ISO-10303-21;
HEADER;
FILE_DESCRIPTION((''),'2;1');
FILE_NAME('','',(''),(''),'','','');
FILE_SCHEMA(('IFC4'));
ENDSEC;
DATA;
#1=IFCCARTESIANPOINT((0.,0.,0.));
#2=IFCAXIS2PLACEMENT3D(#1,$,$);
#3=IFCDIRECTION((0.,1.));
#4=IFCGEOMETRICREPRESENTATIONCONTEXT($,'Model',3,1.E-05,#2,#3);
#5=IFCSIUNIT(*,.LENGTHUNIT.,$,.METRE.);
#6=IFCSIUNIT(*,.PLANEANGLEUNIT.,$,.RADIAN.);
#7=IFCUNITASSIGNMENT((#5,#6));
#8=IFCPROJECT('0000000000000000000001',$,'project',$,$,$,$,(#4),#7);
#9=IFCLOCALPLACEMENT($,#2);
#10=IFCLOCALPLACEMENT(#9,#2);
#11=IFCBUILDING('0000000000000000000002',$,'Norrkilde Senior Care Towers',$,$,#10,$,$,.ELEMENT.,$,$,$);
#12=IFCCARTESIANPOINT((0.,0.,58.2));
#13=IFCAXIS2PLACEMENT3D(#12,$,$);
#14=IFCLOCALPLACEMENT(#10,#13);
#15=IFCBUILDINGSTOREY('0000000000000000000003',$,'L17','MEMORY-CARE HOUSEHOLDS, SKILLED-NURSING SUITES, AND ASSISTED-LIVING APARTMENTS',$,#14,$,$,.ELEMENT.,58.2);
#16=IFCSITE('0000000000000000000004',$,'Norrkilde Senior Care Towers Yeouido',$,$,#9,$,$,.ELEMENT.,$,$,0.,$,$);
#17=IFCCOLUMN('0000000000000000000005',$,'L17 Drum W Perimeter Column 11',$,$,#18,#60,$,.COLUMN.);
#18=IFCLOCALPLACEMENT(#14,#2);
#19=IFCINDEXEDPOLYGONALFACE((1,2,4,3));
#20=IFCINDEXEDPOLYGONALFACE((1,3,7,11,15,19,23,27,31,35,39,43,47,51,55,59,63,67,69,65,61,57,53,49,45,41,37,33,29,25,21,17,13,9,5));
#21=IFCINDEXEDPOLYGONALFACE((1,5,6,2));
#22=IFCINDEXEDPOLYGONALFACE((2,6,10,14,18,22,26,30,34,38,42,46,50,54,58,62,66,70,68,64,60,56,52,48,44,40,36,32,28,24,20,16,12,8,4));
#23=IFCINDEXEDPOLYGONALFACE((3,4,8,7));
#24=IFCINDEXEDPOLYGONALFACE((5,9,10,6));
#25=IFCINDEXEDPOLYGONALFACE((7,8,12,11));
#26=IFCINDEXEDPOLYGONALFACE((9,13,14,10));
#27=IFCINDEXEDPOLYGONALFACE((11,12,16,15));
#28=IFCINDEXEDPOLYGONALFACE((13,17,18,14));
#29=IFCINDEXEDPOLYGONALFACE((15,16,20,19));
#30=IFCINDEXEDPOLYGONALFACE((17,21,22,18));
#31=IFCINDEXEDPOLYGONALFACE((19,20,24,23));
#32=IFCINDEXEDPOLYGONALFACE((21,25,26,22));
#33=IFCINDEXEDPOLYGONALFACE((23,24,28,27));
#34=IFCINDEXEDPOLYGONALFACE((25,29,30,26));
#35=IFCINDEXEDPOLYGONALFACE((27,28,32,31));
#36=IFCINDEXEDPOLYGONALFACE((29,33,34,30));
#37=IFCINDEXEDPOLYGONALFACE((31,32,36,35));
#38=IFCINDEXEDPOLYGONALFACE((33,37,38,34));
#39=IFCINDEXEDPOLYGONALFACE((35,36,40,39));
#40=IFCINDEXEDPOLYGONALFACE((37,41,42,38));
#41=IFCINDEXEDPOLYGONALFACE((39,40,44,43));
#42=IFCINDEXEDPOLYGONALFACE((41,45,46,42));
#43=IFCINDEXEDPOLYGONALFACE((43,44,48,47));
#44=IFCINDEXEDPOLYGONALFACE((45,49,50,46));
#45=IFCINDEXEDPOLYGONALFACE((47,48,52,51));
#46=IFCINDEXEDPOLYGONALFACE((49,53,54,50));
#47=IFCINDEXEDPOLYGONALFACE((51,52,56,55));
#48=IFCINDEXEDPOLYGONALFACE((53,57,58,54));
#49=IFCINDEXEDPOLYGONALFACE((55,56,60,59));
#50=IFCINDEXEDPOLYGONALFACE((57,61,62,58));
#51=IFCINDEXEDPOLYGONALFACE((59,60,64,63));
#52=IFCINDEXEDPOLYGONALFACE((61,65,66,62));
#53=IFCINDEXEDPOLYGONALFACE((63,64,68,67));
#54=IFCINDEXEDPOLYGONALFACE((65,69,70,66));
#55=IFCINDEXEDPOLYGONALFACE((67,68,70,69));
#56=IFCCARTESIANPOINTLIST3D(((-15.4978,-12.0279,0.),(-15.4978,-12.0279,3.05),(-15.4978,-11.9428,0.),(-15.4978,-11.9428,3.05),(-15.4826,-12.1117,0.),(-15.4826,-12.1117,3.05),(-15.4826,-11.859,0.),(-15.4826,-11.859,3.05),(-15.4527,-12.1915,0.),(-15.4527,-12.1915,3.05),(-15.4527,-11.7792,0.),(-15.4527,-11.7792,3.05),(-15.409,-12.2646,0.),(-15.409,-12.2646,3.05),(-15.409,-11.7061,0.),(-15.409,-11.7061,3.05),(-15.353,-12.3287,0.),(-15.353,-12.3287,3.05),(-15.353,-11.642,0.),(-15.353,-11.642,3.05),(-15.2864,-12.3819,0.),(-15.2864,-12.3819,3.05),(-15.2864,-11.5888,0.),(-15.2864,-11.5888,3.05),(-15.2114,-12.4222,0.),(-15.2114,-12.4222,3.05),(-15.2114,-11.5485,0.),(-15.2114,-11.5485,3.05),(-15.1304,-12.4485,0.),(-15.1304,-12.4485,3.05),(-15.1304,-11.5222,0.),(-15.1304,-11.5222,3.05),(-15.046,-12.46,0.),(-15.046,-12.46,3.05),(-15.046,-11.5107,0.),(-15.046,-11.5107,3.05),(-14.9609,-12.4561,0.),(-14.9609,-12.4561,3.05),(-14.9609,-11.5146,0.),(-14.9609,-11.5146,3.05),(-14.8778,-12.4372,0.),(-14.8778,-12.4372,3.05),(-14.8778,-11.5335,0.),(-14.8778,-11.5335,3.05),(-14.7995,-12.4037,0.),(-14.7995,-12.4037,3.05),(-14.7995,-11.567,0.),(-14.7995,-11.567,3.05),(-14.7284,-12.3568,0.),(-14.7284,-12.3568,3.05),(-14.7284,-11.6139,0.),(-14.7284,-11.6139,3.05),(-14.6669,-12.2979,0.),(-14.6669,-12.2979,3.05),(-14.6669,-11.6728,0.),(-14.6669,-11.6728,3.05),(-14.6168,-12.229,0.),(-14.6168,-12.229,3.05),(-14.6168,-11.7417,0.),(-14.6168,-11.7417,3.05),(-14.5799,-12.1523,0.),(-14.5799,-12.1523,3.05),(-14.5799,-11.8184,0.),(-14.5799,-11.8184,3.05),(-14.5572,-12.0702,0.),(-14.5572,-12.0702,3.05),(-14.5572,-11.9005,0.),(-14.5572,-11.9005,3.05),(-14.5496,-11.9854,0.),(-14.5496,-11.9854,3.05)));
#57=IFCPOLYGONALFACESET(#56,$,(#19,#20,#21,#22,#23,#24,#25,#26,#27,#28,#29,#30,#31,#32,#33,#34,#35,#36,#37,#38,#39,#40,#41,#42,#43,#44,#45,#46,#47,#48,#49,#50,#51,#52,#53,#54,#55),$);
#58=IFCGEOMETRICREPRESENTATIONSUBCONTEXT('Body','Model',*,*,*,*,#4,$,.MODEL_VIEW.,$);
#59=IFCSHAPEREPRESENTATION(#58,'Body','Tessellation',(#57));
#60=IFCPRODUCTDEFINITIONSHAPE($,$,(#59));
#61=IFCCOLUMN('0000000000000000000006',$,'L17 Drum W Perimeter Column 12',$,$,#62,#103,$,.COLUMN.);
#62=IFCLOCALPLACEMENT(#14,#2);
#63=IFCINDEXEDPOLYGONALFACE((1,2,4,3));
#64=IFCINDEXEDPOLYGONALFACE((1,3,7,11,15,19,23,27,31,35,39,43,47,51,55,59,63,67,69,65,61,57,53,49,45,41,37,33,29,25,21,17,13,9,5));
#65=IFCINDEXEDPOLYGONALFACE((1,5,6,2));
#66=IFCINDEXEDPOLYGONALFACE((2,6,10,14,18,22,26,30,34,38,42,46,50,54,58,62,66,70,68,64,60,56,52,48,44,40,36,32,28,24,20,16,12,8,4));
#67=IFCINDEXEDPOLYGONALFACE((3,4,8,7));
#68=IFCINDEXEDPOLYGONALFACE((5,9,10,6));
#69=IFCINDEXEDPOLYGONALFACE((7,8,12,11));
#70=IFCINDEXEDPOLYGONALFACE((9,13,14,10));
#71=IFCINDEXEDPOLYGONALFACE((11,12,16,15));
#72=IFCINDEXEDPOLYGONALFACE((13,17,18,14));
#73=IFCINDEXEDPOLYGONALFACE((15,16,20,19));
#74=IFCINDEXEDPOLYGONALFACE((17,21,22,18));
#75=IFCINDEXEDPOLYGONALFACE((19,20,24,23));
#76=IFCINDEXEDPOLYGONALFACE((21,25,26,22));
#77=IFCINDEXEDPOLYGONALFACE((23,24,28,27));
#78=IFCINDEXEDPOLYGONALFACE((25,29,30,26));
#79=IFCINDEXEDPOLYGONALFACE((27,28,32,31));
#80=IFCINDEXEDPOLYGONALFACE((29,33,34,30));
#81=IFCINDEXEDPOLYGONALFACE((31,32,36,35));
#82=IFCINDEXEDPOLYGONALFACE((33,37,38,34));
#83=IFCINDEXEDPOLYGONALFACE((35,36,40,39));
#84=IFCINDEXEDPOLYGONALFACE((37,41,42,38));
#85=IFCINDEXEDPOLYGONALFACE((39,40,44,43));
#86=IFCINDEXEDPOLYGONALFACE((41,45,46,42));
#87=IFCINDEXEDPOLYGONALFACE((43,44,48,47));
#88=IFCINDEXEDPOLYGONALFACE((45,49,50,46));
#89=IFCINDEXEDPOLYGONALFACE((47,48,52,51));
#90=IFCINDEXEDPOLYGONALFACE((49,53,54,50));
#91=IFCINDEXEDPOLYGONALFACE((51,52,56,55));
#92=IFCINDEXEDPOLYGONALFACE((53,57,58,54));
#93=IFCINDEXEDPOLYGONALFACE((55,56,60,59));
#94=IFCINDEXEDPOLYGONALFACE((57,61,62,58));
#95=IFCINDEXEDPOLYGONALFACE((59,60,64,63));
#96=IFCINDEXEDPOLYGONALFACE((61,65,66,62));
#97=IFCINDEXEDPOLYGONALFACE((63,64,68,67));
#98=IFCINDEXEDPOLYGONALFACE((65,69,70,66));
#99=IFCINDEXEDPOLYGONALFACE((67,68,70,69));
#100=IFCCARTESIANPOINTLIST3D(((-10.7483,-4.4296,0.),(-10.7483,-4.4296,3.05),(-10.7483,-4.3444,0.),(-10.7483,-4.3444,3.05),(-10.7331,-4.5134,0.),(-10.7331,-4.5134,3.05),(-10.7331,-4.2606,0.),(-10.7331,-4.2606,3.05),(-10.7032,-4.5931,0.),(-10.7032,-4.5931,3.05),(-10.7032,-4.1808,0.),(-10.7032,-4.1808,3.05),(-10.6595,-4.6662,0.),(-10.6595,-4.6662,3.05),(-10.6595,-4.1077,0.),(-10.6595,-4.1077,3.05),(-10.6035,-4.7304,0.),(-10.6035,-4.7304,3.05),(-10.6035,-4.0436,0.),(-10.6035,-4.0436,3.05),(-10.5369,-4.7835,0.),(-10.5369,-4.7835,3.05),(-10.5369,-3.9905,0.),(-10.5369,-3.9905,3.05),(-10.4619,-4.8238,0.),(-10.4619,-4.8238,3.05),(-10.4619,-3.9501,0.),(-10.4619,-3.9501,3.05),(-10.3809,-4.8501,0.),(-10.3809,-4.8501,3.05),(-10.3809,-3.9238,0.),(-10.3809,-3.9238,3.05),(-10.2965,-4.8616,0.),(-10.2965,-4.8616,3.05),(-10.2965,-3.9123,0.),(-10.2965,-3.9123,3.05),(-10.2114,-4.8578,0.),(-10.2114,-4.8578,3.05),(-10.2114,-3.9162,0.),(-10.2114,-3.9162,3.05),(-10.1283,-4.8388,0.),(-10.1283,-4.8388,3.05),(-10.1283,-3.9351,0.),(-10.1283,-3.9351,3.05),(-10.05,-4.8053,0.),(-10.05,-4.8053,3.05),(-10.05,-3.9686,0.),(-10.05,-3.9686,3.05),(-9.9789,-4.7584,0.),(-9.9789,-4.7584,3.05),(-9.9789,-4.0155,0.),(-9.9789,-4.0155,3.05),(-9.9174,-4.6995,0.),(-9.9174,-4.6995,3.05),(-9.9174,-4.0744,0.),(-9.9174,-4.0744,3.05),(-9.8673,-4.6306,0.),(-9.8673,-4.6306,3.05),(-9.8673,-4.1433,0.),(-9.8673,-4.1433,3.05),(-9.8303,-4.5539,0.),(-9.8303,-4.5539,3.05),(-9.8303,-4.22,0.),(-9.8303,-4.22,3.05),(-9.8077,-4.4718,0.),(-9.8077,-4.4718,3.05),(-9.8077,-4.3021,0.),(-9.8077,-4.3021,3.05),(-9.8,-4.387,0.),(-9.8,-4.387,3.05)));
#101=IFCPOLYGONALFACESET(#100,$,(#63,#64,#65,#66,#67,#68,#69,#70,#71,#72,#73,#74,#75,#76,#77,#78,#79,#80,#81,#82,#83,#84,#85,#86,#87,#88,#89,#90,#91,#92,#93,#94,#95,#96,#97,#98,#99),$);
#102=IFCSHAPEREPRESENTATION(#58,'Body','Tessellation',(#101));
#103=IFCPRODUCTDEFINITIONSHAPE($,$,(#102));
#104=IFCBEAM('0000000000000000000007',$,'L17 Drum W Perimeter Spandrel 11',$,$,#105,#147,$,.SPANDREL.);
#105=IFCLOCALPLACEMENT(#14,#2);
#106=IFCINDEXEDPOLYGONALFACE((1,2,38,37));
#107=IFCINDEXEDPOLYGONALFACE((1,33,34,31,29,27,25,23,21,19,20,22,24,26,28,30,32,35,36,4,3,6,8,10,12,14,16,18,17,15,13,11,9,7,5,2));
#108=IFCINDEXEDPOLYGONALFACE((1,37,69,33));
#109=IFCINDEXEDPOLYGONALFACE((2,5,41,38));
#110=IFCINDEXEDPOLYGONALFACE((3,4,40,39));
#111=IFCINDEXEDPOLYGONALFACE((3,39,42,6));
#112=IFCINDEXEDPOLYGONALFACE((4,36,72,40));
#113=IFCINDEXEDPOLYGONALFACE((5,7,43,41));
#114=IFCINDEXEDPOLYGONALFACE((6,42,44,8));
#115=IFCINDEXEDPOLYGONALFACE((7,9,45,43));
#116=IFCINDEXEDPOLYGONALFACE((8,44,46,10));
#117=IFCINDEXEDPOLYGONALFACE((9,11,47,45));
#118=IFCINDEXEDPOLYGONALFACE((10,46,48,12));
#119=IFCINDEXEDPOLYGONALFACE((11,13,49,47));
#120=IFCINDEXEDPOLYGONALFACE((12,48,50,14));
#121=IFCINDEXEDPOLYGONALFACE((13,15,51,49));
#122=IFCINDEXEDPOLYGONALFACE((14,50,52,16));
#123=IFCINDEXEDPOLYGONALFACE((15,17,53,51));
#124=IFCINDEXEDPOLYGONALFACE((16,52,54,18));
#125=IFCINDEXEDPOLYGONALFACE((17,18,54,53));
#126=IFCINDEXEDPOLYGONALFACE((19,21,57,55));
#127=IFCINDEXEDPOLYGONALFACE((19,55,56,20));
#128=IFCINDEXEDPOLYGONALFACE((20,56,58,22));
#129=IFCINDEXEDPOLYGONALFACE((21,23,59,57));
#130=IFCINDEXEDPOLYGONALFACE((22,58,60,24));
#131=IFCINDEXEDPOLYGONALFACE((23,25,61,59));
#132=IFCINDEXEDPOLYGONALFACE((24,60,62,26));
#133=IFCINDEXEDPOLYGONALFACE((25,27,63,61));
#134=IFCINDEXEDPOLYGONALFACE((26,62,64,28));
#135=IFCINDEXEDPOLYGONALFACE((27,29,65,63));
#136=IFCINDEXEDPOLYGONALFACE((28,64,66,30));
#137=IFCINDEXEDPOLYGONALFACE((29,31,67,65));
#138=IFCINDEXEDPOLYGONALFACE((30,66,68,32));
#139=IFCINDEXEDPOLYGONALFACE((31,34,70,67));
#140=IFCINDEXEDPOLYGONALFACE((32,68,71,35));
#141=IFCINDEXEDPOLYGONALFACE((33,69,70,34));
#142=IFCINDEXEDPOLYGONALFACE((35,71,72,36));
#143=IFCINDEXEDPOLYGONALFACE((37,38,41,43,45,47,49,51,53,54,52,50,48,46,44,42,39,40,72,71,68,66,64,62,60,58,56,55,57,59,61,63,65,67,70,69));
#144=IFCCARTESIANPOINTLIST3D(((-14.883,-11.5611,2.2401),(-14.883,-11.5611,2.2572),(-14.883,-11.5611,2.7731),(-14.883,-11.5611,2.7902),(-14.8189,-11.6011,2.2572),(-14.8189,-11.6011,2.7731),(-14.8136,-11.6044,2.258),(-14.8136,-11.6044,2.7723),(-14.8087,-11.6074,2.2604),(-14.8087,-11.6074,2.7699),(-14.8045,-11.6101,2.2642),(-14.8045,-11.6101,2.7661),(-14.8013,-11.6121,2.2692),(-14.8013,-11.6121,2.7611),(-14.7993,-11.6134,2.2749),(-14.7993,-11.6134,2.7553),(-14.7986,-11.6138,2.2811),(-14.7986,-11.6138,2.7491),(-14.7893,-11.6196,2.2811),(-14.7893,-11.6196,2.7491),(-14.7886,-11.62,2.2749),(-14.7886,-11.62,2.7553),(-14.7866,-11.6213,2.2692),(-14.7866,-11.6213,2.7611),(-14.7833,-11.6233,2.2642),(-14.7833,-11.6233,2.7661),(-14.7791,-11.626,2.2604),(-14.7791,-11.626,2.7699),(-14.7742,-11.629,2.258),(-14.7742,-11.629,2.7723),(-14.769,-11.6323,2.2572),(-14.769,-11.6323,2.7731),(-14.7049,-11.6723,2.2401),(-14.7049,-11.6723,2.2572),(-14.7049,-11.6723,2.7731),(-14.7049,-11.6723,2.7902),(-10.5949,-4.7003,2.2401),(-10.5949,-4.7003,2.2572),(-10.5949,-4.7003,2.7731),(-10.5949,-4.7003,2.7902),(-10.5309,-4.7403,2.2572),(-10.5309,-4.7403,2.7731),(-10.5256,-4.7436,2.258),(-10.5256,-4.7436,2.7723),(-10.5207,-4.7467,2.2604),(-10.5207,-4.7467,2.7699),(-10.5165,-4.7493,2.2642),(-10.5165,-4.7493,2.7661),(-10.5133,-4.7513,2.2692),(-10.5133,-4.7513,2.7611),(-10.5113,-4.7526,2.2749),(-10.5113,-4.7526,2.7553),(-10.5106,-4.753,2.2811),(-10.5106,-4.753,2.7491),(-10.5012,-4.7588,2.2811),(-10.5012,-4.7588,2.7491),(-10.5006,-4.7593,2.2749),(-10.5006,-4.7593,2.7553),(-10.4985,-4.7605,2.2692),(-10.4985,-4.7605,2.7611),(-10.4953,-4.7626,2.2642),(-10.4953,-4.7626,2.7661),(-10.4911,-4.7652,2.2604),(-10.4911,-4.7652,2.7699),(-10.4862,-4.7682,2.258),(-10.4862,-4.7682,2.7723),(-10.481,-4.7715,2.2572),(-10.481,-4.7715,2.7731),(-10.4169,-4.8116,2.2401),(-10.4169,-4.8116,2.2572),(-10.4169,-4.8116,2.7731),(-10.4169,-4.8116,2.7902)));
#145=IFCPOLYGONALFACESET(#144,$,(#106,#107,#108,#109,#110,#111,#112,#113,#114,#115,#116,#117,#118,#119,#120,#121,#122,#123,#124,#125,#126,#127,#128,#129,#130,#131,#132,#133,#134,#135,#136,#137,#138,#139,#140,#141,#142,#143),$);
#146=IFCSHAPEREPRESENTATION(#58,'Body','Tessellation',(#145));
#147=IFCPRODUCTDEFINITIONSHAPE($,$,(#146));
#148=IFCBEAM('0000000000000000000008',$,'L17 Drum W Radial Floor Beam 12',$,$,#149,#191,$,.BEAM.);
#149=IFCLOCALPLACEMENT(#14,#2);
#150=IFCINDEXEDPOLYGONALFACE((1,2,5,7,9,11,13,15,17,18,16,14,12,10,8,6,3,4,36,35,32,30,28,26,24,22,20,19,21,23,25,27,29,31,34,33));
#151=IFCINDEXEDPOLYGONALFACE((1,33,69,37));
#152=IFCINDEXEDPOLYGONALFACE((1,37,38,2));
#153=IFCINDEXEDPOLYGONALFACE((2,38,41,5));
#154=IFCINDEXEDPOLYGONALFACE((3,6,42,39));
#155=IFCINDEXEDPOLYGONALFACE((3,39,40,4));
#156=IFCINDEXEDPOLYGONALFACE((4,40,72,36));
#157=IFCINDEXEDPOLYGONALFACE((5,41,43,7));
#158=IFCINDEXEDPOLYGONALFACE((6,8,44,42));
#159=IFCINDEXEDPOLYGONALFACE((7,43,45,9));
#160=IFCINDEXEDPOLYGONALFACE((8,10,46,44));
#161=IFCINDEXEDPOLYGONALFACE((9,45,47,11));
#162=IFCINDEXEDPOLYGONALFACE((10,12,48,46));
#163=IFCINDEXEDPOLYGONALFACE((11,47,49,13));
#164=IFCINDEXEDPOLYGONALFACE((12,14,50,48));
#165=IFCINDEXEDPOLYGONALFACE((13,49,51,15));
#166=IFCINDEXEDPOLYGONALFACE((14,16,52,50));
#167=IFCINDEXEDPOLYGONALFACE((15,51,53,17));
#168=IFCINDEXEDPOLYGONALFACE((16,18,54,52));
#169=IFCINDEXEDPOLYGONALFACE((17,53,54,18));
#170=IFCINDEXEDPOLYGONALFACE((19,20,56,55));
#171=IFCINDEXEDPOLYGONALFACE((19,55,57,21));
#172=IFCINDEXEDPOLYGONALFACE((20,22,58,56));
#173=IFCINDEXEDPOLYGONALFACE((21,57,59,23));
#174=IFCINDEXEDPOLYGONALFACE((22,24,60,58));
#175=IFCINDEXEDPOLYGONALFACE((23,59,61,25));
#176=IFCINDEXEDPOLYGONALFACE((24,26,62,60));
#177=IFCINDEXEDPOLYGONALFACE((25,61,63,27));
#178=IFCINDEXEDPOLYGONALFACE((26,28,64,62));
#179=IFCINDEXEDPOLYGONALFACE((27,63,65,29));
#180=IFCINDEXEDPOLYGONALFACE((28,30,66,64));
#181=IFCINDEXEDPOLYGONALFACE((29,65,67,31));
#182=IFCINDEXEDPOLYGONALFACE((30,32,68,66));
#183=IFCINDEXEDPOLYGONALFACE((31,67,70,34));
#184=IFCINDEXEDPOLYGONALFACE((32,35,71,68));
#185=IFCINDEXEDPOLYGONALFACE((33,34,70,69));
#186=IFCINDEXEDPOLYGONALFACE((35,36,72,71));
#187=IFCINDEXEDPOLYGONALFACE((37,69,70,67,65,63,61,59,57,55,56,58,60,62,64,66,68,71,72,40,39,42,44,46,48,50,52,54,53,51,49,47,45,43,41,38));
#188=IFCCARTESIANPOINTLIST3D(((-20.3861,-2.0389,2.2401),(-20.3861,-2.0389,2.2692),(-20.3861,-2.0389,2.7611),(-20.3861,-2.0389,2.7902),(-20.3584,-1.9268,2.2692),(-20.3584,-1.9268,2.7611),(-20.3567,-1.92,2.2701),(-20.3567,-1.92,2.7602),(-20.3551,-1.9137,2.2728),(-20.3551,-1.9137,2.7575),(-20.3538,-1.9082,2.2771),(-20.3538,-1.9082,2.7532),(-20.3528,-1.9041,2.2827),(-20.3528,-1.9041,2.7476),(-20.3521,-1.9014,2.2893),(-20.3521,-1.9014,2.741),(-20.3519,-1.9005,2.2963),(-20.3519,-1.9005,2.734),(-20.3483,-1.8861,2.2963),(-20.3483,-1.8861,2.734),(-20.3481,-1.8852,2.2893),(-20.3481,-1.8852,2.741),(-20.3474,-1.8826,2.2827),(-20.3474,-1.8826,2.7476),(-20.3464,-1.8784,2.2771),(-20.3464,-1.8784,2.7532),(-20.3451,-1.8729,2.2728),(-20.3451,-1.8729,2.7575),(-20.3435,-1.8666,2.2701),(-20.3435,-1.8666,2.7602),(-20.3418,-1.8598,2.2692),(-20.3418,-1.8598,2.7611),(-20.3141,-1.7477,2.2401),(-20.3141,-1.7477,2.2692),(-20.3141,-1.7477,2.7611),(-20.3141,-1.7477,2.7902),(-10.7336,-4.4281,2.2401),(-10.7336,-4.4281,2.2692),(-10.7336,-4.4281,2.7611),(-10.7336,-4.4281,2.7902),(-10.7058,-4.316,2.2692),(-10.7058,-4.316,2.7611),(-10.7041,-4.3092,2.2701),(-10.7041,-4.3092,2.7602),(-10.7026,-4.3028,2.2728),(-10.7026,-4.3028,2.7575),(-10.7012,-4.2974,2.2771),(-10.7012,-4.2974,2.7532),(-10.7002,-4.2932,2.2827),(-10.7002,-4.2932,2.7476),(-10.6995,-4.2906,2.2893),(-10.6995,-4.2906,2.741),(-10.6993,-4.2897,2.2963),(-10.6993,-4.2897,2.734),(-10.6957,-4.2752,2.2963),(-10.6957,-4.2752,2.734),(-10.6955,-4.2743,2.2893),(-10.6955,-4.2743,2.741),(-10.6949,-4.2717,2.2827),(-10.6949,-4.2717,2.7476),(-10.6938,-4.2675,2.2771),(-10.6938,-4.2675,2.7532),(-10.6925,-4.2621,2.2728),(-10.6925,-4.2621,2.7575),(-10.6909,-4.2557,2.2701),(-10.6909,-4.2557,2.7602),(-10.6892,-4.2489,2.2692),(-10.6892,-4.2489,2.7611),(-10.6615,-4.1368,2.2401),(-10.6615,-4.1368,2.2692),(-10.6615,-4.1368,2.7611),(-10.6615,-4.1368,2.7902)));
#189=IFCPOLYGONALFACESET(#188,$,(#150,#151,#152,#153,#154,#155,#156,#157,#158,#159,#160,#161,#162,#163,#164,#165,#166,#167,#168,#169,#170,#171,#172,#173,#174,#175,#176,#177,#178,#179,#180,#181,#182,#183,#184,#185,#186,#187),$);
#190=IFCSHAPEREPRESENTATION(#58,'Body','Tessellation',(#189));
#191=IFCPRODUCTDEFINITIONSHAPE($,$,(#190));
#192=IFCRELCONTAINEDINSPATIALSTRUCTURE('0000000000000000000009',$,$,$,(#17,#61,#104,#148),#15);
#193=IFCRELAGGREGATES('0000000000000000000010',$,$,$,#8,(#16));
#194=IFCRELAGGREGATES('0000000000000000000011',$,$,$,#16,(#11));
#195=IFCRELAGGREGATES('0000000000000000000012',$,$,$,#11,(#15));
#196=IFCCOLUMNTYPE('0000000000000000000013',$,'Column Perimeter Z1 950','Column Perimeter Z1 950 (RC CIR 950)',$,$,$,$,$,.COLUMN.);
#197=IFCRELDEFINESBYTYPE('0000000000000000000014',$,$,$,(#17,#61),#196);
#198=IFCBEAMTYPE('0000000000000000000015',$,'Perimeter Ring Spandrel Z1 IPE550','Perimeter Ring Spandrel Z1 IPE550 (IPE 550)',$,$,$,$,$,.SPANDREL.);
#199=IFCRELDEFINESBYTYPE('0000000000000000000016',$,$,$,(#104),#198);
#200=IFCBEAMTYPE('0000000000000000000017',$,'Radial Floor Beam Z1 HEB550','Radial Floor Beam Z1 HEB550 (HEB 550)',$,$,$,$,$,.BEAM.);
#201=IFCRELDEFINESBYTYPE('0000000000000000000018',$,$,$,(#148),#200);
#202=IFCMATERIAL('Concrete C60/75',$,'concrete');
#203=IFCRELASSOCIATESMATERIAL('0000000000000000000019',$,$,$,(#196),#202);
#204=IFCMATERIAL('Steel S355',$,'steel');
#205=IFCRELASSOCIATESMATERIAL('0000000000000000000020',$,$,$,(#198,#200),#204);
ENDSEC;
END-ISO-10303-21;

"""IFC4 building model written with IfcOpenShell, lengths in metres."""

from ifc_helpers import new_model, si_unit, direction, frame, origin, origin_2d, place, context, subcontext, project, spatial, circle, i_section, extrude, source, transform, mapped, material, material_profile, profile_set, type_object, type_shapes, element, save


model = new_model("IFC4")

# Units and contexts
model_context = context("Model", 3, precision=1e-05, world=origin(), true_north=direction((0.0, 1.0)))
body_context = subcontext(model_context, "Body", "Model", "MODEL_VIEW")
ifc_project = project(units=[si_unit("LENGTHUNIT", "METRE"), si_unit("PLANEANGLEUNIT", "RADIAN")], contexts=[model_context])

# Site, building, storey
site_placement = place(None, origin())
site = spatial("IfcSite", under=ifc_project, at=site_placement, Name="Norrkilde Senior Care Towers Yeouido", CompositionType="ELEMENT", RefElevation=0.0)
building_placement = place(site_placement, origin())
building = spatial("IfcBuilding", under=site, at=building_placement, Name="Norrkilde Senior Care Towers", CompositionType="ELEMENT")
storey_placement = place(building_placement, frame((0.0, 0.0, 58.2)))
storey = spatial("IfcBuildingStorey", under=building, at=storey_placement, Name="L17", Description="MEMORY-CARE HOUSEHOLDS, SKILLED-NURSING SUITES, AND ASSISTED-LIVING APARTMENTS", CompositionType="ELEMENT", Elevation=58.2)

# Columns
ifc_material_1 = material(Name="Concrete C60/75", Category="concrete")
ifc_material_profile_1 = material_profile(ifc_material_1, circle(Radius=0.4751, at=origin_2d()), Name="RC CIR 950")
ifc_profile_set_1 = profile_set([ifc_material_profile_1], Name="Concrete C60/75")
column_type = type_object("IfcColumnType", Name="Column Perimeter Z1 950", Description="Column Perimeter Z1 950 (RC CIR 950)", PredefinedType="COLUMN", material=ifc_profile_set_1)
shared_shape_1 = source(origin(), body_context, "Body", "SweptSolid", [
    extrude(circle(Radius=0.4751, at=origin_2d()), origin(), (0.0, 0.0, 1.0), 3.05),
])
type_shapes(column_type, [shared_shape_1])
for number, where, z_axis, x_axis, name in (
    (1, (-15.0247, -11.9854, 0.0), (0.0, 0.0, 1.0), (1.0, 0.0, 0.0), "L17 Drum W Perimeter Column 11"),
    (2, (-10.2751, -4.387, 0.0), (0.0, 0.0, 1.0), (1.0, 0.0, 0.0), "L17 Drum W Perimeter Column 12"),
):
    element("IfcColumn", number, at=place(storey_placement, frame(where, z_axis=z_axis, x_axis=x_axis)), inside=storey, type_object=column_type, Name=name, PredefinedType="COLUMN", context=body_context, shape_type="MappedRepresentation", body=[
        mapped(shared_shape_1, transform((0.0, 0.0, 0.0), x_axis=(1.0, 0.0, 0.0), y_axis=(0.0, 1.0, 0.0), z_axis=(0.0, 0.0, 1.0), scale=1.0)),
    ])

# Beams
ifc_material_2 = material(Name="Steel S355", Category="steel")
ifc_material_profile_2 = material_profile(ifc_material_2, i_section(OverallWidth=0.21, OverallDepth=0.55, WebThickness=0.011, FlangeThickness=0.0171, FilletRadius=0.0239, at=origin_2d()), Name="IPE 550")
ifc_profile_set_2 = profile_set([ifc_material_profile_2], Name="Steel S355")
beam_type_1 = type_object("IfcBeamType", Name="Perimeter Ring Spandrel Z1 IPE550", Description="Perimeter Ring Spandrel Z1 IPE550 (IPE 550)", PredefinedType="SPANDREL", material=ifc_profile_set_2)
shared_shape_2 = source(origin(), body_context, "Body", "SweptSolid", [
    extrude(i_section(OverallWidth=0.21, OverallDepth=0.55, WebThickness=0.011, FlangeThickness=0.0171, FilletRadius=0.0239, at=origin_2d()), origin(), (0.0, 0.0, 1.0), 8.0906),
])
beam_1_placement = place(storey_placement, frame((-14.7939, -11.6167, 2.5151), z_axis=(0.530004, 0.847995, 0.0), x_axis=(-0.847995, 0.530004, 0.0)))
element("IfcBeam", 3, at=beam_1_placement, inside=storey, type_object=beam_type_1, Name="L17 Drum W Perimeter Spandrel 11", PredefinedType="SPANDREL", context=body_context, shape_type="MappedRepresentation", body=[
    mapped(shared_shape_2, transform((0.0, 0.0, 0.0), x_axis=(1.0, 0.0, 0.0), y_axis=(0.0, 1.0, 0.0), z_axis=(0.0, 0.0, 1.0), scale=1.0)),
])
ifc_material_profile_3 = material_profile(ifc_material_2, i_section(OverallWidth=0.3, OverallDepth=0.55, WebThickness=0.0149, FlangeThickness=0.0291, FilletRadius=0.0271, at=origin_2d()), Name="HEB 550")
ifc_profile_set_3 = profile_set([ifc_material_profile_3], Name="Steel S355")
beam_type_2 = type_object("IfcBeamType", Name="Radial Floor Beam Z1 HEB550", Description="Radial Floor Beam Z1 HEB550 (HEB 550)", PredefinedType="BEAM", material=ifc_profile_set_3)
shared_shape_3 = source(origin(), body_context, "Body", "SweptSolid", [
    extrude(i_section(OverallWidth=0.3, OverallDepth=0.55, WebThickness=0.0149, FlangeThickness=0.0291, FilletRadius=0.0271, at=origin_2d()), origin(), (0.0, 0.0, 1.0), 9.9438),
])
type_shapes(beam_type_2, [shared_shape_3])
beam_2_placement = place(storey_placement, frame((-20.3501, -1.8933, 2.5151), z_axis=(0.970707, -0.240265, 0.0), x_axis=(0.240265, 0.970707, 0.0)))
element("IfcBeam", 4, at=beam_2_placement, inside=storey, type_object=beam_type_2, Name="L17 Drum W Radial Floor Beam 12", PredefinedType="BEAM", context=body_context, shape_type="MappedRepresentation", body=[
    mapped(shared_shape_3, transform((0.0, 0.0, 0.0), x_axis=(1.0, 0.0, 0.0), y_axis=(0.0, 1.0, 0.0), z_axis=(0.0, 0.0, 1.0), scale=1.0)),
])

save(model, "model.ifc")
